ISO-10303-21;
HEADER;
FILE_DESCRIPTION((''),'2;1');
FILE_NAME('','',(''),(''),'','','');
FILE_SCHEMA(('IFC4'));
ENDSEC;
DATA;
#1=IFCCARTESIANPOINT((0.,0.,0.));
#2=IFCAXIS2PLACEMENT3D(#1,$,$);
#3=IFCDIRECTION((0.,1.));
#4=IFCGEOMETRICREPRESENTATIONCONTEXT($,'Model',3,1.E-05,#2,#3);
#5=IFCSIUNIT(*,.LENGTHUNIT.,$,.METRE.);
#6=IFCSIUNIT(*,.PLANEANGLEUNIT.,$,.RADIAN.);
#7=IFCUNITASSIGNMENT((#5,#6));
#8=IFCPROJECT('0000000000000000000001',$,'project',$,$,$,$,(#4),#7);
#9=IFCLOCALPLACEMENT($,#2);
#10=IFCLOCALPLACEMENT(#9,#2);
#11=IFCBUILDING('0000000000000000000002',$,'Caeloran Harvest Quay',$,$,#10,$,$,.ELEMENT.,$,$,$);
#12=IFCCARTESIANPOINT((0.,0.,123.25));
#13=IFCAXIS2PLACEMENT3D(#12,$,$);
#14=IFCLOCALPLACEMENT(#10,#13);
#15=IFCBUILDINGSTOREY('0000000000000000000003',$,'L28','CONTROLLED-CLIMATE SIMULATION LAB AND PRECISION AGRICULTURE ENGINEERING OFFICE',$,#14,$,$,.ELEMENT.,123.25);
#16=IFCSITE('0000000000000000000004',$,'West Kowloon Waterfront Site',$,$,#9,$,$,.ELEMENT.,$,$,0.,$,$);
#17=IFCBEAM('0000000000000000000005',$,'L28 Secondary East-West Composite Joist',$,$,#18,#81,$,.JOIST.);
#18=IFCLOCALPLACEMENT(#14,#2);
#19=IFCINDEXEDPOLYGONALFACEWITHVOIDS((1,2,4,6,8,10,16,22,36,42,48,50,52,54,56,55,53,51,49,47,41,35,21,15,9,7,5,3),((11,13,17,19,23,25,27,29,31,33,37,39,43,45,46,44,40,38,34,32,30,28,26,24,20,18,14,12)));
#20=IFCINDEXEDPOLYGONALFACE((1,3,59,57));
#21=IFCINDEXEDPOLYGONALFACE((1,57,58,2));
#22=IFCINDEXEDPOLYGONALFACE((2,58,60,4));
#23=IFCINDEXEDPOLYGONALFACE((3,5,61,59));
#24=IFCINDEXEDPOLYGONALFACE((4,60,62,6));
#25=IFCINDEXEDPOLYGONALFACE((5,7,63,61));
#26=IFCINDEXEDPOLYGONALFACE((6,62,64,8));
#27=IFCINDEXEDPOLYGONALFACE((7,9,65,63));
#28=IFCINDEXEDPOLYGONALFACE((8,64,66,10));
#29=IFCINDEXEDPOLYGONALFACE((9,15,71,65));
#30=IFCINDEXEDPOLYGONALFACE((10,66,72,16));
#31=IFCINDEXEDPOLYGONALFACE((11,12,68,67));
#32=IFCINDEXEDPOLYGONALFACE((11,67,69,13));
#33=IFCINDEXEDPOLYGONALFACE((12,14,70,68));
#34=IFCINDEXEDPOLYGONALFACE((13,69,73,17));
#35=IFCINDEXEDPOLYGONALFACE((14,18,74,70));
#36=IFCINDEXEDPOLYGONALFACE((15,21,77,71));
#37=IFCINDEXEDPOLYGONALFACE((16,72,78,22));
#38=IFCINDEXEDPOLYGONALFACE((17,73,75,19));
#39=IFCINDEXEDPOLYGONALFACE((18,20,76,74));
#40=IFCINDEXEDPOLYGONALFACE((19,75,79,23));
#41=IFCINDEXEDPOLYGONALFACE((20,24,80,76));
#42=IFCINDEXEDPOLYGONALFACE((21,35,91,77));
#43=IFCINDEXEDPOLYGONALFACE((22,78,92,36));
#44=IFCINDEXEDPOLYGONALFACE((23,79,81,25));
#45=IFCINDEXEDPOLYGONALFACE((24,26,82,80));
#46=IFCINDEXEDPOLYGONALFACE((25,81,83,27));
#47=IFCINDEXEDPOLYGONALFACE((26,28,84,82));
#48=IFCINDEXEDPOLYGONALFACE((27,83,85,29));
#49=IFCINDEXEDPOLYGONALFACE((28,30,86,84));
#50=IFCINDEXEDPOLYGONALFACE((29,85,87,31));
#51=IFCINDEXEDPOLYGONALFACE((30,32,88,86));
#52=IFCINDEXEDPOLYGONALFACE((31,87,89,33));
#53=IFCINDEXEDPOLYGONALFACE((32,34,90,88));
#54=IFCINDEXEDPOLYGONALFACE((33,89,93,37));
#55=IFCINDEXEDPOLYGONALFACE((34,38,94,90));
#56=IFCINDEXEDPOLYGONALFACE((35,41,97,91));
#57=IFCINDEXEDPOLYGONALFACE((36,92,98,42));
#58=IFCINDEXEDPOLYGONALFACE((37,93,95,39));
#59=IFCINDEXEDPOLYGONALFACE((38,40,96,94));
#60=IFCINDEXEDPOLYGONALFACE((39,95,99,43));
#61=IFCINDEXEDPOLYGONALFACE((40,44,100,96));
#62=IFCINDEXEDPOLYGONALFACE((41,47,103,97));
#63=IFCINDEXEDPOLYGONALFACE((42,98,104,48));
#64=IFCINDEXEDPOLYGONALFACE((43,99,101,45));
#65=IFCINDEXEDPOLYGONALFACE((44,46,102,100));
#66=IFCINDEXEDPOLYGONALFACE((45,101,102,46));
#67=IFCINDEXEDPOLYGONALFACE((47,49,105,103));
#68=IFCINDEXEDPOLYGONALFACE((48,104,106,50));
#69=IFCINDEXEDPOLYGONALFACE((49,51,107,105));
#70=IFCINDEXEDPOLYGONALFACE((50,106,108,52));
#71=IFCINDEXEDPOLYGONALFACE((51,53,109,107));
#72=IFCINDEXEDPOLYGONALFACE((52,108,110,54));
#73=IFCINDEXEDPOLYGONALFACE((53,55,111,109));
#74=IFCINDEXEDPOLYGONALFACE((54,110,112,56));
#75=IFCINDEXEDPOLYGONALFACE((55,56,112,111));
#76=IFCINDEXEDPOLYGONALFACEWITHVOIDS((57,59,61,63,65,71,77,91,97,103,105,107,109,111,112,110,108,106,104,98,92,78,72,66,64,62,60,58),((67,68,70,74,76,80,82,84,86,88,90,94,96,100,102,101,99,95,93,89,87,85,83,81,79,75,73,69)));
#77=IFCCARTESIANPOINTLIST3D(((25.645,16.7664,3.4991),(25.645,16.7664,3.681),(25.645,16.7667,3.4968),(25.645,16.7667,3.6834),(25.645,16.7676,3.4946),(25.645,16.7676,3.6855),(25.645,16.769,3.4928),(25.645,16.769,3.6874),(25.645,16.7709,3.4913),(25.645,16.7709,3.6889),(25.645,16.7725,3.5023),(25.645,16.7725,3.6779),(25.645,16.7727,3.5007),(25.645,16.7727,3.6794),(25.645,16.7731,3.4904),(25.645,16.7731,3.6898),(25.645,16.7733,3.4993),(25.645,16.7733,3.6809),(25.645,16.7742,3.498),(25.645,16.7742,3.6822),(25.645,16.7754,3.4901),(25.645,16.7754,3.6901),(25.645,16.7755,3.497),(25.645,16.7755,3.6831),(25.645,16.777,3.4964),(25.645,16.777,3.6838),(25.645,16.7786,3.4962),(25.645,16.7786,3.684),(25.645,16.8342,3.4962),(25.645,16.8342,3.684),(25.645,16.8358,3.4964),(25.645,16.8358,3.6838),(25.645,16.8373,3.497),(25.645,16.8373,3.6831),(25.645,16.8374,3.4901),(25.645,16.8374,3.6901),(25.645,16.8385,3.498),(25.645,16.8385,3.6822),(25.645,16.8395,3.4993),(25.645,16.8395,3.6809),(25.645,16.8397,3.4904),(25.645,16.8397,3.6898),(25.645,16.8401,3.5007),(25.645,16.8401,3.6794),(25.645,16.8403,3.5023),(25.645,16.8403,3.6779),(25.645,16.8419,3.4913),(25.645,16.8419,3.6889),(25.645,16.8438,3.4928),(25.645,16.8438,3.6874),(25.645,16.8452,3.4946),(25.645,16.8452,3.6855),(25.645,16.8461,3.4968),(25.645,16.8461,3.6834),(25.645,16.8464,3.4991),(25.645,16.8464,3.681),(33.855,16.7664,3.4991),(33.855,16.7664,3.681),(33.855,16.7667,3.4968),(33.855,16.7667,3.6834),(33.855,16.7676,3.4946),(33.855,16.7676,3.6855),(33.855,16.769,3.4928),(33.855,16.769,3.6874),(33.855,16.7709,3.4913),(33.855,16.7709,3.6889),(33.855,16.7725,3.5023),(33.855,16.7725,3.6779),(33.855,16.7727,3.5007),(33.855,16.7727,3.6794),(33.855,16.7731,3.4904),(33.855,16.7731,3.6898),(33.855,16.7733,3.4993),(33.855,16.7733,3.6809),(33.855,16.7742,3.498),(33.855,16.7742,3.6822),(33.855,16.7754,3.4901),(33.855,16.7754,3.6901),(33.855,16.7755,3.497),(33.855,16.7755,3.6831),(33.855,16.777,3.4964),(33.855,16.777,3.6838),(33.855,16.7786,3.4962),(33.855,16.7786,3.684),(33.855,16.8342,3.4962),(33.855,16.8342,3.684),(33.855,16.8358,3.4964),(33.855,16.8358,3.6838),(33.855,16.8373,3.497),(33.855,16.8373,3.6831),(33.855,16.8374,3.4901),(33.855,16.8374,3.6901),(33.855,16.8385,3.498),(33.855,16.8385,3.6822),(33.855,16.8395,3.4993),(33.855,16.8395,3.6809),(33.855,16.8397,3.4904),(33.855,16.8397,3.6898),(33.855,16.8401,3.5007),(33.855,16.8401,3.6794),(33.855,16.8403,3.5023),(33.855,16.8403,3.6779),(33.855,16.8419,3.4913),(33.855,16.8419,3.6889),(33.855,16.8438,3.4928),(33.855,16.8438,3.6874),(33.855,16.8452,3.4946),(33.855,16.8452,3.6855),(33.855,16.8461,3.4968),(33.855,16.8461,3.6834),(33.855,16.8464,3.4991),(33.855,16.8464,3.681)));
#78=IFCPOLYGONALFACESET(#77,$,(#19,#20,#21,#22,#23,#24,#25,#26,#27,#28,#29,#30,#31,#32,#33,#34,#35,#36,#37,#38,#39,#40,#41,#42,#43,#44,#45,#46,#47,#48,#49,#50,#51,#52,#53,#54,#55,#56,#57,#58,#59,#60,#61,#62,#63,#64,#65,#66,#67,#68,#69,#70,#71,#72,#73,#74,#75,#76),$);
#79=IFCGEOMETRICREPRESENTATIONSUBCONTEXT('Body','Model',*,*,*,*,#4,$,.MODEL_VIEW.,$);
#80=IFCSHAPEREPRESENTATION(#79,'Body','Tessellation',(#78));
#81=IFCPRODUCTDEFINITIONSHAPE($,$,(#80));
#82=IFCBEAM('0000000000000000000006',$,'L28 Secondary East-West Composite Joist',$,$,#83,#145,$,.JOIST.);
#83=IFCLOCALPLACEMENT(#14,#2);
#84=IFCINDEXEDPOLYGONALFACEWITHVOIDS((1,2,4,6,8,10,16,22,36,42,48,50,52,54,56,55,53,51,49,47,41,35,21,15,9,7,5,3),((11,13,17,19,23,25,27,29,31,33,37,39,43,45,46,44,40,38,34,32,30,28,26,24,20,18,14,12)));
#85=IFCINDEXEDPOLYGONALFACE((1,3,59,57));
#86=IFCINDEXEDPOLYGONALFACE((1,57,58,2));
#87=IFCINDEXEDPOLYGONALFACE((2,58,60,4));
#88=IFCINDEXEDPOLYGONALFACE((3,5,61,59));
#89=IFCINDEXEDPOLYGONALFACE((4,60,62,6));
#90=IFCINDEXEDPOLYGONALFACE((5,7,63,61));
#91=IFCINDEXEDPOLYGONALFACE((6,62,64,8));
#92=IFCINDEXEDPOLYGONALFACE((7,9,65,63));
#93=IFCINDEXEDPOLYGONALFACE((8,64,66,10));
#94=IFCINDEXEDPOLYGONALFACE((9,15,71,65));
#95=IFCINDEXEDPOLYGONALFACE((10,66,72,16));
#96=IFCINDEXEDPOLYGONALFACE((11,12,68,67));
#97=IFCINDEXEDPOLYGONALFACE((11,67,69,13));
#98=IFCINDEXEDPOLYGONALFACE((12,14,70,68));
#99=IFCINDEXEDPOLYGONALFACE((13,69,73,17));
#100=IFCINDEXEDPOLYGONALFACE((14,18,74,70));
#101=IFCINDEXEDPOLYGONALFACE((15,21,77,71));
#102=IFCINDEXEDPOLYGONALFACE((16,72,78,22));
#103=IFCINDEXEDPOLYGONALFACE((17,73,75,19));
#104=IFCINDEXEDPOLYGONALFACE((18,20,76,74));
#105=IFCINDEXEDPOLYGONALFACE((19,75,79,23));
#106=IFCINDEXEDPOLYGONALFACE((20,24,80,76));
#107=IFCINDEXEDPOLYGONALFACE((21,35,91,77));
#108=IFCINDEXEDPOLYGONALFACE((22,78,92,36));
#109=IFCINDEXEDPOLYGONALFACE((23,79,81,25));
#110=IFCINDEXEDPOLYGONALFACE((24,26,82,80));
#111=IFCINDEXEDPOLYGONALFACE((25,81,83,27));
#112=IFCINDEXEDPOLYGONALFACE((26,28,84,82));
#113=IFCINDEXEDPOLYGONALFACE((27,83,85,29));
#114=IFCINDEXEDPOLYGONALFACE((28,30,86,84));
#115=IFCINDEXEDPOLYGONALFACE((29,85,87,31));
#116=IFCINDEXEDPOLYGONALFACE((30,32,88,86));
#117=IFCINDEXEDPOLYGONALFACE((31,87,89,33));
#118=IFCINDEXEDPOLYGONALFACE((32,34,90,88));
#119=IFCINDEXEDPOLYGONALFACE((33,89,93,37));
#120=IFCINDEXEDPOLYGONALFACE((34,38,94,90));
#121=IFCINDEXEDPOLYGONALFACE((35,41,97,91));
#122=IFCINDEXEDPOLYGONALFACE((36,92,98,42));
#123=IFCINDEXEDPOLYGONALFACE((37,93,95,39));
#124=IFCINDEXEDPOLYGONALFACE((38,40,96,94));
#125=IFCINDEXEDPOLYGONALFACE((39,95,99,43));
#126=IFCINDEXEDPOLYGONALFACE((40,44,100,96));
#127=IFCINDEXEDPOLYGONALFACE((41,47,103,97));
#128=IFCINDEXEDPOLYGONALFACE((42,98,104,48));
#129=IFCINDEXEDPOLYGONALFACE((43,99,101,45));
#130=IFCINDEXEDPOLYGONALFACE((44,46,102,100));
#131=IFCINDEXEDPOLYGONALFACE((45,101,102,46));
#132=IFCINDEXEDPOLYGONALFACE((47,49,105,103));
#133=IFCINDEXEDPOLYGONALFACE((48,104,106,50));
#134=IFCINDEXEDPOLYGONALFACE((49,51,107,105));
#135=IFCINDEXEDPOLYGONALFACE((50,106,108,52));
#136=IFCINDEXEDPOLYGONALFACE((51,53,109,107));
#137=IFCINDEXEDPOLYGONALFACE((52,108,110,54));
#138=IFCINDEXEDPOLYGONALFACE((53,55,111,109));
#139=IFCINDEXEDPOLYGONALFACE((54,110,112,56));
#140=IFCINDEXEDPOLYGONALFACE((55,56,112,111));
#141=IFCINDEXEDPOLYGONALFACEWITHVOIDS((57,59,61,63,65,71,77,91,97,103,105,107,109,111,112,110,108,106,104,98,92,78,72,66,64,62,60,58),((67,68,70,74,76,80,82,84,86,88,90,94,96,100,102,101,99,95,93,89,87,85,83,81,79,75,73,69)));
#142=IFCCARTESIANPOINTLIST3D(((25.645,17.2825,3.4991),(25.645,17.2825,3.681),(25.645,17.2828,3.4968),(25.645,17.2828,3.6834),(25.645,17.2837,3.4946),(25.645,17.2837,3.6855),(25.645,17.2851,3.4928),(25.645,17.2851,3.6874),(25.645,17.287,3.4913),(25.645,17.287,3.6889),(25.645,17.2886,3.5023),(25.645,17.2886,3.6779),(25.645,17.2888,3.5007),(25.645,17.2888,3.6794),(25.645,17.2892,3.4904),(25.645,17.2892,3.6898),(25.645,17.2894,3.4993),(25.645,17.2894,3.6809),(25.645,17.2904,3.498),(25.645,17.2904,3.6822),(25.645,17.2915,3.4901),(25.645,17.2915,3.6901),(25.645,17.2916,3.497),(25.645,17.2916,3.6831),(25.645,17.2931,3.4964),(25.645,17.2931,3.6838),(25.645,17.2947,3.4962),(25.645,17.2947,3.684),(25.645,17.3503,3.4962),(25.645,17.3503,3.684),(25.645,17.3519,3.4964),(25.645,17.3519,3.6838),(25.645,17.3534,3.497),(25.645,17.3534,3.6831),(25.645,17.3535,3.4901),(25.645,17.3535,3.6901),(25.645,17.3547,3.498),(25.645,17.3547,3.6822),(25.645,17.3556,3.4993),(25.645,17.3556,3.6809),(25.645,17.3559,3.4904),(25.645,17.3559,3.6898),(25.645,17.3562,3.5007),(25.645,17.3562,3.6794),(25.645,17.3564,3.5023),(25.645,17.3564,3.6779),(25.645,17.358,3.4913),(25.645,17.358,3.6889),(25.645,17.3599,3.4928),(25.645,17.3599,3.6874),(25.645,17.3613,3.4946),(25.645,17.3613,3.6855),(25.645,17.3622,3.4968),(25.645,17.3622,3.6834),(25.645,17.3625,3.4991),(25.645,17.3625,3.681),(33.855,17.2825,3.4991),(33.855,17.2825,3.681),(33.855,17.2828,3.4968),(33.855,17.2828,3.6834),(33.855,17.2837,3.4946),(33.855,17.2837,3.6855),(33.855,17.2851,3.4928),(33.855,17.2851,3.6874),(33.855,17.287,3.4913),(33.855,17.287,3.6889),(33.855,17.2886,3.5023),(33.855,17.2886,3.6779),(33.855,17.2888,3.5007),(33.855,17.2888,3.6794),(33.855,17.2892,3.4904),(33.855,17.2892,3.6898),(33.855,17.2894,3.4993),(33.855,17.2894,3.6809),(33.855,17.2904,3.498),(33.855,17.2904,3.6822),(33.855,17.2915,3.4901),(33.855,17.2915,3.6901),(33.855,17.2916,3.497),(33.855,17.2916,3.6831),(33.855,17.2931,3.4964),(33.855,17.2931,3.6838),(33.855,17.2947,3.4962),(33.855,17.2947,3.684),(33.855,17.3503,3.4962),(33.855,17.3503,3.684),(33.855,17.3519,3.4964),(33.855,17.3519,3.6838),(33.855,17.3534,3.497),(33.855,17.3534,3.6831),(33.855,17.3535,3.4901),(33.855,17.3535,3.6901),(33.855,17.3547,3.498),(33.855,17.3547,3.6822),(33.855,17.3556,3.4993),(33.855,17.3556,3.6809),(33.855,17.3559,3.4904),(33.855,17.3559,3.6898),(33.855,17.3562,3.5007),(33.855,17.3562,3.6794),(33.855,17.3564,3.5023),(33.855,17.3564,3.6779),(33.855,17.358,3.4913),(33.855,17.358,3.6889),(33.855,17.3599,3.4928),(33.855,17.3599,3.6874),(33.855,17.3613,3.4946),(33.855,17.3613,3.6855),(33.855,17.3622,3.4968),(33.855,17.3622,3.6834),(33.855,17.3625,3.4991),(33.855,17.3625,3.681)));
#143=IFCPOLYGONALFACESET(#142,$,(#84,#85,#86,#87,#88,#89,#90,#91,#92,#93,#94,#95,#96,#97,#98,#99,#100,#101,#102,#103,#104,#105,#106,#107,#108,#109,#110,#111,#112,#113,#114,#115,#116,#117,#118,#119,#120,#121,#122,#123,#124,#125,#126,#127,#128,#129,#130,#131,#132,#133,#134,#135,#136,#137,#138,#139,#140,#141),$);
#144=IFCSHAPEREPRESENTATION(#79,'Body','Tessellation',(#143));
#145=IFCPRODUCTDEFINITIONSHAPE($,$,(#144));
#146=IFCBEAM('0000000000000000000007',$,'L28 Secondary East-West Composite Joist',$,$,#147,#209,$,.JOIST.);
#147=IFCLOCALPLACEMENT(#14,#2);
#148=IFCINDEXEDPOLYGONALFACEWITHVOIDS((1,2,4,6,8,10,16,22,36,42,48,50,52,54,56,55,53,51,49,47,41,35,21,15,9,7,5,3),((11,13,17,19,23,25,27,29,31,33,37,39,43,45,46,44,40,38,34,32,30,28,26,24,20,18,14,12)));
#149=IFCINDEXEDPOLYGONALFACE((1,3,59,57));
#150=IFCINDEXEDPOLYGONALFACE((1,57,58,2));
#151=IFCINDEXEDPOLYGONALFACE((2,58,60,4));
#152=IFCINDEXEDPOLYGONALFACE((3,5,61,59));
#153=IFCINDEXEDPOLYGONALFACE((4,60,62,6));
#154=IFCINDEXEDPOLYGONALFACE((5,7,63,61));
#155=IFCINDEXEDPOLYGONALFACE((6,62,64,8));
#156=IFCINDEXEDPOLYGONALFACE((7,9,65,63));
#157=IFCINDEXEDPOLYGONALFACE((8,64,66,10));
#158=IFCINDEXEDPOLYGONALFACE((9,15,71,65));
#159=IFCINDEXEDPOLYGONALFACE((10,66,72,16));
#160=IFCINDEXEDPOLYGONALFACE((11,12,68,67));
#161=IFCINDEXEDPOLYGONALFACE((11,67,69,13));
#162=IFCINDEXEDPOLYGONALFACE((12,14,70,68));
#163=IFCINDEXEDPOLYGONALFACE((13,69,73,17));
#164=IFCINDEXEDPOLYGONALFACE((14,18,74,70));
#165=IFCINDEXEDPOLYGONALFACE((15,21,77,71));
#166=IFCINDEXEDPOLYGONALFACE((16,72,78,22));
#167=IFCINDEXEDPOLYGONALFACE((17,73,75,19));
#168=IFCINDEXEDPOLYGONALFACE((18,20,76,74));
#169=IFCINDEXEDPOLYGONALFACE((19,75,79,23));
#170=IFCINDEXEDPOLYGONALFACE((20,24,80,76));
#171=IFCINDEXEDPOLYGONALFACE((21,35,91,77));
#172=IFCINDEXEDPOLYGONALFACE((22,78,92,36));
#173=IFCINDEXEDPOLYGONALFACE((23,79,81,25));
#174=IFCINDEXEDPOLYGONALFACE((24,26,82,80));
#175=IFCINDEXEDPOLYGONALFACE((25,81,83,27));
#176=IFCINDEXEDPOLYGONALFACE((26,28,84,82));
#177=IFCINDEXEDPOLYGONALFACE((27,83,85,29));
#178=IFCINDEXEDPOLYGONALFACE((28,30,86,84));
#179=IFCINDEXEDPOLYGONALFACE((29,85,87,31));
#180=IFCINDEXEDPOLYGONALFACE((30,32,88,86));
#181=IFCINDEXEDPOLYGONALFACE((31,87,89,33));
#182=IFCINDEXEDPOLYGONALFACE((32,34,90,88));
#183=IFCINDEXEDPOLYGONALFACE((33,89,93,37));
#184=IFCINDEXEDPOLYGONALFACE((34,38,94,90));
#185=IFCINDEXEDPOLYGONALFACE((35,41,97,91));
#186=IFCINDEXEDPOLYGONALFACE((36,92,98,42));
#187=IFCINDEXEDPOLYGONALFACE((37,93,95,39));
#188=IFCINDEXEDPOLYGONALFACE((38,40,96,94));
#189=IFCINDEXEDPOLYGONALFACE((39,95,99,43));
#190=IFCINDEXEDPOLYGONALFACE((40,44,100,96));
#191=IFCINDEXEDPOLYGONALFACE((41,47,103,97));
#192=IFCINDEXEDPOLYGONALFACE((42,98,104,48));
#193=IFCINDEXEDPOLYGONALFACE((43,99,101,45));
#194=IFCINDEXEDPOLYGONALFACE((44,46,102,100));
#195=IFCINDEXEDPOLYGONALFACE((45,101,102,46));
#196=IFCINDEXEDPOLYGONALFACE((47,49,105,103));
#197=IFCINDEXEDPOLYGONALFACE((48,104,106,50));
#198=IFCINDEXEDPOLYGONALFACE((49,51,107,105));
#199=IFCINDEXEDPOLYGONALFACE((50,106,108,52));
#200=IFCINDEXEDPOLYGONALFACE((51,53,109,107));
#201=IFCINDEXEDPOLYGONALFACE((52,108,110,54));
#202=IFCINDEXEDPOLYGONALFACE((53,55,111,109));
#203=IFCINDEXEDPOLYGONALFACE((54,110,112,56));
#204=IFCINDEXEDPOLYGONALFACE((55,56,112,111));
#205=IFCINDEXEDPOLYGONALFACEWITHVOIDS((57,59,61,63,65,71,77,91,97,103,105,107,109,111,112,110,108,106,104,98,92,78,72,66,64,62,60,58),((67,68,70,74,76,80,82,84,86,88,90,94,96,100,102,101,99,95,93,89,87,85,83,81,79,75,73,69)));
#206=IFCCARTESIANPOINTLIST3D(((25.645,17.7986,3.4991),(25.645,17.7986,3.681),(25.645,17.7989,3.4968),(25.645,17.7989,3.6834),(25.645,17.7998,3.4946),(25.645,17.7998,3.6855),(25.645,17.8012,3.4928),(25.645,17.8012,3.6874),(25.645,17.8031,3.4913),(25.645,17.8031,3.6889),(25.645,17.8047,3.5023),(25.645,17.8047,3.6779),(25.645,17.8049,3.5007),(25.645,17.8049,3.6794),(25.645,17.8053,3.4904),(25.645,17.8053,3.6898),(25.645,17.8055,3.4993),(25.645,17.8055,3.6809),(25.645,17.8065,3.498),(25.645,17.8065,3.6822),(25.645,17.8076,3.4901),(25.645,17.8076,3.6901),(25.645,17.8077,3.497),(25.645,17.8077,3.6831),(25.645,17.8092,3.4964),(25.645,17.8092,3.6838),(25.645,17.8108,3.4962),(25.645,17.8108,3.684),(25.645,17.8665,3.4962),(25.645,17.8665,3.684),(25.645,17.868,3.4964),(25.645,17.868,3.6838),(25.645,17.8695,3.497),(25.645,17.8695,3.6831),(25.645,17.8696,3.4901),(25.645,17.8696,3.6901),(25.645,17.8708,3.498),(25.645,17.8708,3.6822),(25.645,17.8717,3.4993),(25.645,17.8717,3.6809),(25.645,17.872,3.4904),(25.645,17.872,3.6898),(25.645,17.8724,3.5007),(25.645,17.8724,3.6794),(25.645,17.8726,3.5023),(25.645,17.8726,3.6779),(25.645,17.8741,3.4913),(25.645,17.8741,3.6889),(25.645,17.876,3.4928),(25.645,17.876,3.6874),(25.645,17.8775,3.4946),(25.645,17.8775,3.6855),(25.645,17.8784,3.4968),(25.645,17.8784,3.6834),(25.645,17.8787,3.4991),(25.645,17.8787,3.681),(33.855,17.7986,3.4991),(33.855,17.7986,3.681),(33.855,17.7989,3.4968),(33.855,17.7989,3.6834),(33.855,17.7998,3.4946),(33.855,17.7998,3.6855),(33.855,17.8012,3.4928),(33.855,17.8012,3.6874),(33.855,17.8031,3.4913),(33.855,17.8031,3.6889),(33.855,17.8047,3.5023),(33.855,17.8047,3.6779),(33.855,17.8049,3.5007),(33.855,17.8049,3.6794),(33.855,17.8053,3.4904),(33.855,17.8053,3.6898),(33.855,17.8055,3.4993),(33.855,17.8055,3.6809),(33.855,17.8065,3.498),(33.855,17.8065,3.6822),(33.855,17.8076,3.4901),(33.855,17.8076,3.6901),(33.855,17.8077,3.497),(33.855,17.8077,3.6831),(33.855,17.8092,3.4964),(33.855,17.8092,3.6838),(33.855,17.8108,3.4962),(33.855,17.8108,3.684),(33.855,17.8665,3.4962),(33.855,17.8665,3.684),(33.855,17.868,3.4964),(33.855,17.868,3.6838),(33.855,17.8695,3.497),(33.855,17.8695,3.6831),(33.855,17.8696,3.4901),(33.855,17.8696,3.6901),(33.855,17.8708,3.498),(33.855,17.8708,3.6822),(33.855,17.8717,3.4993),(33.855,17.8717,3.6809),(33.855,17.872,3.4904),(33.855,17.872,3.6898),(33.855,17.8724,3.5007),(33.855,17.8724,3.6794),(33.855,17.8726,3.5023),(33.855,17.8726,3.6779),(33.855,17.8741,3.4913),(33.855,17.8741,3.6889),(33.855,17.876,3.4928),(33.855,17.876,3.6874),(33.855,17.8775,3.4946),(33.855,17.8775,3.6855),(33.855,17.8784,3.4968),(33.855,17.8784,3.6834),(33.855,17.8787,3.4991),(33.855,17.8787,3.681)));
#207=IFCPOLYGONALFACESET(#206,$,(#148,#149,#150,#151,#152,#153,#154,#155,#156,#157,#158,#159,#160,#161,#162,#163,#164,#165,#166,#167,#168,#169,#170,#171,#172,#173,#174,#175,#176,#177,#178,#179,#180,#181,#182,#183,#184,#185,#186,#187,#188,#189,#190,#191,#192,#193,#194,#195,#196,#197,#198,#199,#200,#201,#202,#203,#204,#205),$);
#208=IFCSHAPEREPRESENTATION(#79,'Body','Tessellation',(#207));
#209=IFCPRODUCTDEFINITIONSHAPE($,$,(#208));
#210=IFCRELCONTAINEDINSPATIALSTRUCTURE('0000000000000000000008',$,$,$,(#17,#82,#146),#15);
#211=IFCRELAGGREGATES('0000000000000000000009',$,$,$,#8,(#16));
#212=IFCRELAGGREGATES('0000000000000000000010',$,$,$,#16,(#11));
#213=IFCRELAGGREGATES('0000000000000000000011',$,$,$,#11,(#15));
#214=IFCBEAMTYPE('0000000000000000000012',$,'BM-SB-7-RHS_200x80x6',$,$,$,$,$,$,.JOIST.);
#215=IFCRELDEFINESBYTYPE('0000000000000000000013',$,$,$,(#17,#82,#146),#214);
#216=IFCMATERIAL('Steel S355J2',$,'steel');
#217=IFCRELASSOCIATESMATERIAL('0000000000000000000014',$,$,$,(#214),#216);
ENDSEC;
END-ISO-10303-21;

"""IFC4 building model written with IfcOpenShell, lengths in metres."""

from ifc_helpers import new_model, si_unit, direction, frame, origin, origin_2d, place, context, subcontext, project, spatial, hollow_rectangle, extrude, material, material_profile, profile_set, type_object, element, save


model = new_model("IFC4")

# Units and contexts
model_context = context("Model", 3, precision=1e-05, world=origin(), true_north=direction((0.0, 1.0)))
body_context = subcontext(model_context, "Body", "Model", "MODEL_VIEW")
ifc_project = project(units=[si_unit("LENGTHUNIT", "METRE"), si_unit("PLANEANGLEUNIT", "RADIAN")], contexts=[model_context])

# Site, building, storey
site_placement = place(None, origin())
site = spatial("IfcSite", under=ifc_project, at=site_placement, Name="West Kowloon Waterfront Site", CompositionType="ELEMENT", RefElevation=0.0)
building_placement = place(site_placement, origin())
building = spatial("IfcBuilding", under=site, at=building_placement, Name="Caeloran Harvest Quay", CompositionType="ELEMENT")
storey_placement = place(building_placement, frame((0.0, 0.0, 123.25)))
storey = spatial("IfcBuildingStorey", under=building, at=storey_placement, Name="L28", Description="CONTROLLED-CLIMATE SIMULATION LAB AND PRECISION AGRICULTURE ENGINEERING OFFICE", CompositionType="ELEMENT", Elevation=123.25)

# Beams
ifc_material_1 = material(Name="Steel S355J2", Category="steel")
ifc_material_profile_1 = material_profile(ifc_material_1, hollow_rectangle(XDim=0.0801, YDim=0.2, WallThickness=0.0061, InnerFilletRadius=0.0061, OuterFilletRadius=0.009, at=origin_2d()), Name="RHS 200x80x6")
ifc_profile_set_1 = profile_set([ifc_material_profile_1], Name="Steel S355J2")
beam_type_1 = type_object("IfcBeamType", Name="BM-SB-7-RHS_200x80x6", PredefinedType="JOIST", material=ifc_profile_set_1)
for number, where, z_axis, x_axis, name in (
    (1, (25.645, 16.8064, 3.5901), (1.0, 0.0, 0.0), (0.0, 1.0, 0.0), "L28 Secondary East-West Composite Joist"),
    (2, (25.645, 17.3225, 3.5901), (1.0, 0.0, 0.0), (0.0, 1.0, 0.0), "L28 Secondary East-West Composite Joist"),
    (3, (25.645, 17.8386, 3.5901), (1.0, 0.0, 0.0), (0.0, 1.0, 0.0), "L28 Secondary East-West Composite Joist"),
):
    element("IfcBeam", number, at=place(storey_placement, frame(where, z_axis=z_axis, x_axis=x_axis)), inside=storey, type_object=beam_type_1, Name=name, PredefinedType="JOIST", context=body_context, shape_type="SweptSolid", body=[
        extrude(hollow_rectangle(XDim=0.0801, YDim=0.2, WallThickness=0.0061, InnerFilletRadius=0.0061, OuterFilletRadius=0.009, at=origin_2d()), origin(), (0.0, 0.0, 1.0), 8.21),
    ])

save(model, "model.ifc")
